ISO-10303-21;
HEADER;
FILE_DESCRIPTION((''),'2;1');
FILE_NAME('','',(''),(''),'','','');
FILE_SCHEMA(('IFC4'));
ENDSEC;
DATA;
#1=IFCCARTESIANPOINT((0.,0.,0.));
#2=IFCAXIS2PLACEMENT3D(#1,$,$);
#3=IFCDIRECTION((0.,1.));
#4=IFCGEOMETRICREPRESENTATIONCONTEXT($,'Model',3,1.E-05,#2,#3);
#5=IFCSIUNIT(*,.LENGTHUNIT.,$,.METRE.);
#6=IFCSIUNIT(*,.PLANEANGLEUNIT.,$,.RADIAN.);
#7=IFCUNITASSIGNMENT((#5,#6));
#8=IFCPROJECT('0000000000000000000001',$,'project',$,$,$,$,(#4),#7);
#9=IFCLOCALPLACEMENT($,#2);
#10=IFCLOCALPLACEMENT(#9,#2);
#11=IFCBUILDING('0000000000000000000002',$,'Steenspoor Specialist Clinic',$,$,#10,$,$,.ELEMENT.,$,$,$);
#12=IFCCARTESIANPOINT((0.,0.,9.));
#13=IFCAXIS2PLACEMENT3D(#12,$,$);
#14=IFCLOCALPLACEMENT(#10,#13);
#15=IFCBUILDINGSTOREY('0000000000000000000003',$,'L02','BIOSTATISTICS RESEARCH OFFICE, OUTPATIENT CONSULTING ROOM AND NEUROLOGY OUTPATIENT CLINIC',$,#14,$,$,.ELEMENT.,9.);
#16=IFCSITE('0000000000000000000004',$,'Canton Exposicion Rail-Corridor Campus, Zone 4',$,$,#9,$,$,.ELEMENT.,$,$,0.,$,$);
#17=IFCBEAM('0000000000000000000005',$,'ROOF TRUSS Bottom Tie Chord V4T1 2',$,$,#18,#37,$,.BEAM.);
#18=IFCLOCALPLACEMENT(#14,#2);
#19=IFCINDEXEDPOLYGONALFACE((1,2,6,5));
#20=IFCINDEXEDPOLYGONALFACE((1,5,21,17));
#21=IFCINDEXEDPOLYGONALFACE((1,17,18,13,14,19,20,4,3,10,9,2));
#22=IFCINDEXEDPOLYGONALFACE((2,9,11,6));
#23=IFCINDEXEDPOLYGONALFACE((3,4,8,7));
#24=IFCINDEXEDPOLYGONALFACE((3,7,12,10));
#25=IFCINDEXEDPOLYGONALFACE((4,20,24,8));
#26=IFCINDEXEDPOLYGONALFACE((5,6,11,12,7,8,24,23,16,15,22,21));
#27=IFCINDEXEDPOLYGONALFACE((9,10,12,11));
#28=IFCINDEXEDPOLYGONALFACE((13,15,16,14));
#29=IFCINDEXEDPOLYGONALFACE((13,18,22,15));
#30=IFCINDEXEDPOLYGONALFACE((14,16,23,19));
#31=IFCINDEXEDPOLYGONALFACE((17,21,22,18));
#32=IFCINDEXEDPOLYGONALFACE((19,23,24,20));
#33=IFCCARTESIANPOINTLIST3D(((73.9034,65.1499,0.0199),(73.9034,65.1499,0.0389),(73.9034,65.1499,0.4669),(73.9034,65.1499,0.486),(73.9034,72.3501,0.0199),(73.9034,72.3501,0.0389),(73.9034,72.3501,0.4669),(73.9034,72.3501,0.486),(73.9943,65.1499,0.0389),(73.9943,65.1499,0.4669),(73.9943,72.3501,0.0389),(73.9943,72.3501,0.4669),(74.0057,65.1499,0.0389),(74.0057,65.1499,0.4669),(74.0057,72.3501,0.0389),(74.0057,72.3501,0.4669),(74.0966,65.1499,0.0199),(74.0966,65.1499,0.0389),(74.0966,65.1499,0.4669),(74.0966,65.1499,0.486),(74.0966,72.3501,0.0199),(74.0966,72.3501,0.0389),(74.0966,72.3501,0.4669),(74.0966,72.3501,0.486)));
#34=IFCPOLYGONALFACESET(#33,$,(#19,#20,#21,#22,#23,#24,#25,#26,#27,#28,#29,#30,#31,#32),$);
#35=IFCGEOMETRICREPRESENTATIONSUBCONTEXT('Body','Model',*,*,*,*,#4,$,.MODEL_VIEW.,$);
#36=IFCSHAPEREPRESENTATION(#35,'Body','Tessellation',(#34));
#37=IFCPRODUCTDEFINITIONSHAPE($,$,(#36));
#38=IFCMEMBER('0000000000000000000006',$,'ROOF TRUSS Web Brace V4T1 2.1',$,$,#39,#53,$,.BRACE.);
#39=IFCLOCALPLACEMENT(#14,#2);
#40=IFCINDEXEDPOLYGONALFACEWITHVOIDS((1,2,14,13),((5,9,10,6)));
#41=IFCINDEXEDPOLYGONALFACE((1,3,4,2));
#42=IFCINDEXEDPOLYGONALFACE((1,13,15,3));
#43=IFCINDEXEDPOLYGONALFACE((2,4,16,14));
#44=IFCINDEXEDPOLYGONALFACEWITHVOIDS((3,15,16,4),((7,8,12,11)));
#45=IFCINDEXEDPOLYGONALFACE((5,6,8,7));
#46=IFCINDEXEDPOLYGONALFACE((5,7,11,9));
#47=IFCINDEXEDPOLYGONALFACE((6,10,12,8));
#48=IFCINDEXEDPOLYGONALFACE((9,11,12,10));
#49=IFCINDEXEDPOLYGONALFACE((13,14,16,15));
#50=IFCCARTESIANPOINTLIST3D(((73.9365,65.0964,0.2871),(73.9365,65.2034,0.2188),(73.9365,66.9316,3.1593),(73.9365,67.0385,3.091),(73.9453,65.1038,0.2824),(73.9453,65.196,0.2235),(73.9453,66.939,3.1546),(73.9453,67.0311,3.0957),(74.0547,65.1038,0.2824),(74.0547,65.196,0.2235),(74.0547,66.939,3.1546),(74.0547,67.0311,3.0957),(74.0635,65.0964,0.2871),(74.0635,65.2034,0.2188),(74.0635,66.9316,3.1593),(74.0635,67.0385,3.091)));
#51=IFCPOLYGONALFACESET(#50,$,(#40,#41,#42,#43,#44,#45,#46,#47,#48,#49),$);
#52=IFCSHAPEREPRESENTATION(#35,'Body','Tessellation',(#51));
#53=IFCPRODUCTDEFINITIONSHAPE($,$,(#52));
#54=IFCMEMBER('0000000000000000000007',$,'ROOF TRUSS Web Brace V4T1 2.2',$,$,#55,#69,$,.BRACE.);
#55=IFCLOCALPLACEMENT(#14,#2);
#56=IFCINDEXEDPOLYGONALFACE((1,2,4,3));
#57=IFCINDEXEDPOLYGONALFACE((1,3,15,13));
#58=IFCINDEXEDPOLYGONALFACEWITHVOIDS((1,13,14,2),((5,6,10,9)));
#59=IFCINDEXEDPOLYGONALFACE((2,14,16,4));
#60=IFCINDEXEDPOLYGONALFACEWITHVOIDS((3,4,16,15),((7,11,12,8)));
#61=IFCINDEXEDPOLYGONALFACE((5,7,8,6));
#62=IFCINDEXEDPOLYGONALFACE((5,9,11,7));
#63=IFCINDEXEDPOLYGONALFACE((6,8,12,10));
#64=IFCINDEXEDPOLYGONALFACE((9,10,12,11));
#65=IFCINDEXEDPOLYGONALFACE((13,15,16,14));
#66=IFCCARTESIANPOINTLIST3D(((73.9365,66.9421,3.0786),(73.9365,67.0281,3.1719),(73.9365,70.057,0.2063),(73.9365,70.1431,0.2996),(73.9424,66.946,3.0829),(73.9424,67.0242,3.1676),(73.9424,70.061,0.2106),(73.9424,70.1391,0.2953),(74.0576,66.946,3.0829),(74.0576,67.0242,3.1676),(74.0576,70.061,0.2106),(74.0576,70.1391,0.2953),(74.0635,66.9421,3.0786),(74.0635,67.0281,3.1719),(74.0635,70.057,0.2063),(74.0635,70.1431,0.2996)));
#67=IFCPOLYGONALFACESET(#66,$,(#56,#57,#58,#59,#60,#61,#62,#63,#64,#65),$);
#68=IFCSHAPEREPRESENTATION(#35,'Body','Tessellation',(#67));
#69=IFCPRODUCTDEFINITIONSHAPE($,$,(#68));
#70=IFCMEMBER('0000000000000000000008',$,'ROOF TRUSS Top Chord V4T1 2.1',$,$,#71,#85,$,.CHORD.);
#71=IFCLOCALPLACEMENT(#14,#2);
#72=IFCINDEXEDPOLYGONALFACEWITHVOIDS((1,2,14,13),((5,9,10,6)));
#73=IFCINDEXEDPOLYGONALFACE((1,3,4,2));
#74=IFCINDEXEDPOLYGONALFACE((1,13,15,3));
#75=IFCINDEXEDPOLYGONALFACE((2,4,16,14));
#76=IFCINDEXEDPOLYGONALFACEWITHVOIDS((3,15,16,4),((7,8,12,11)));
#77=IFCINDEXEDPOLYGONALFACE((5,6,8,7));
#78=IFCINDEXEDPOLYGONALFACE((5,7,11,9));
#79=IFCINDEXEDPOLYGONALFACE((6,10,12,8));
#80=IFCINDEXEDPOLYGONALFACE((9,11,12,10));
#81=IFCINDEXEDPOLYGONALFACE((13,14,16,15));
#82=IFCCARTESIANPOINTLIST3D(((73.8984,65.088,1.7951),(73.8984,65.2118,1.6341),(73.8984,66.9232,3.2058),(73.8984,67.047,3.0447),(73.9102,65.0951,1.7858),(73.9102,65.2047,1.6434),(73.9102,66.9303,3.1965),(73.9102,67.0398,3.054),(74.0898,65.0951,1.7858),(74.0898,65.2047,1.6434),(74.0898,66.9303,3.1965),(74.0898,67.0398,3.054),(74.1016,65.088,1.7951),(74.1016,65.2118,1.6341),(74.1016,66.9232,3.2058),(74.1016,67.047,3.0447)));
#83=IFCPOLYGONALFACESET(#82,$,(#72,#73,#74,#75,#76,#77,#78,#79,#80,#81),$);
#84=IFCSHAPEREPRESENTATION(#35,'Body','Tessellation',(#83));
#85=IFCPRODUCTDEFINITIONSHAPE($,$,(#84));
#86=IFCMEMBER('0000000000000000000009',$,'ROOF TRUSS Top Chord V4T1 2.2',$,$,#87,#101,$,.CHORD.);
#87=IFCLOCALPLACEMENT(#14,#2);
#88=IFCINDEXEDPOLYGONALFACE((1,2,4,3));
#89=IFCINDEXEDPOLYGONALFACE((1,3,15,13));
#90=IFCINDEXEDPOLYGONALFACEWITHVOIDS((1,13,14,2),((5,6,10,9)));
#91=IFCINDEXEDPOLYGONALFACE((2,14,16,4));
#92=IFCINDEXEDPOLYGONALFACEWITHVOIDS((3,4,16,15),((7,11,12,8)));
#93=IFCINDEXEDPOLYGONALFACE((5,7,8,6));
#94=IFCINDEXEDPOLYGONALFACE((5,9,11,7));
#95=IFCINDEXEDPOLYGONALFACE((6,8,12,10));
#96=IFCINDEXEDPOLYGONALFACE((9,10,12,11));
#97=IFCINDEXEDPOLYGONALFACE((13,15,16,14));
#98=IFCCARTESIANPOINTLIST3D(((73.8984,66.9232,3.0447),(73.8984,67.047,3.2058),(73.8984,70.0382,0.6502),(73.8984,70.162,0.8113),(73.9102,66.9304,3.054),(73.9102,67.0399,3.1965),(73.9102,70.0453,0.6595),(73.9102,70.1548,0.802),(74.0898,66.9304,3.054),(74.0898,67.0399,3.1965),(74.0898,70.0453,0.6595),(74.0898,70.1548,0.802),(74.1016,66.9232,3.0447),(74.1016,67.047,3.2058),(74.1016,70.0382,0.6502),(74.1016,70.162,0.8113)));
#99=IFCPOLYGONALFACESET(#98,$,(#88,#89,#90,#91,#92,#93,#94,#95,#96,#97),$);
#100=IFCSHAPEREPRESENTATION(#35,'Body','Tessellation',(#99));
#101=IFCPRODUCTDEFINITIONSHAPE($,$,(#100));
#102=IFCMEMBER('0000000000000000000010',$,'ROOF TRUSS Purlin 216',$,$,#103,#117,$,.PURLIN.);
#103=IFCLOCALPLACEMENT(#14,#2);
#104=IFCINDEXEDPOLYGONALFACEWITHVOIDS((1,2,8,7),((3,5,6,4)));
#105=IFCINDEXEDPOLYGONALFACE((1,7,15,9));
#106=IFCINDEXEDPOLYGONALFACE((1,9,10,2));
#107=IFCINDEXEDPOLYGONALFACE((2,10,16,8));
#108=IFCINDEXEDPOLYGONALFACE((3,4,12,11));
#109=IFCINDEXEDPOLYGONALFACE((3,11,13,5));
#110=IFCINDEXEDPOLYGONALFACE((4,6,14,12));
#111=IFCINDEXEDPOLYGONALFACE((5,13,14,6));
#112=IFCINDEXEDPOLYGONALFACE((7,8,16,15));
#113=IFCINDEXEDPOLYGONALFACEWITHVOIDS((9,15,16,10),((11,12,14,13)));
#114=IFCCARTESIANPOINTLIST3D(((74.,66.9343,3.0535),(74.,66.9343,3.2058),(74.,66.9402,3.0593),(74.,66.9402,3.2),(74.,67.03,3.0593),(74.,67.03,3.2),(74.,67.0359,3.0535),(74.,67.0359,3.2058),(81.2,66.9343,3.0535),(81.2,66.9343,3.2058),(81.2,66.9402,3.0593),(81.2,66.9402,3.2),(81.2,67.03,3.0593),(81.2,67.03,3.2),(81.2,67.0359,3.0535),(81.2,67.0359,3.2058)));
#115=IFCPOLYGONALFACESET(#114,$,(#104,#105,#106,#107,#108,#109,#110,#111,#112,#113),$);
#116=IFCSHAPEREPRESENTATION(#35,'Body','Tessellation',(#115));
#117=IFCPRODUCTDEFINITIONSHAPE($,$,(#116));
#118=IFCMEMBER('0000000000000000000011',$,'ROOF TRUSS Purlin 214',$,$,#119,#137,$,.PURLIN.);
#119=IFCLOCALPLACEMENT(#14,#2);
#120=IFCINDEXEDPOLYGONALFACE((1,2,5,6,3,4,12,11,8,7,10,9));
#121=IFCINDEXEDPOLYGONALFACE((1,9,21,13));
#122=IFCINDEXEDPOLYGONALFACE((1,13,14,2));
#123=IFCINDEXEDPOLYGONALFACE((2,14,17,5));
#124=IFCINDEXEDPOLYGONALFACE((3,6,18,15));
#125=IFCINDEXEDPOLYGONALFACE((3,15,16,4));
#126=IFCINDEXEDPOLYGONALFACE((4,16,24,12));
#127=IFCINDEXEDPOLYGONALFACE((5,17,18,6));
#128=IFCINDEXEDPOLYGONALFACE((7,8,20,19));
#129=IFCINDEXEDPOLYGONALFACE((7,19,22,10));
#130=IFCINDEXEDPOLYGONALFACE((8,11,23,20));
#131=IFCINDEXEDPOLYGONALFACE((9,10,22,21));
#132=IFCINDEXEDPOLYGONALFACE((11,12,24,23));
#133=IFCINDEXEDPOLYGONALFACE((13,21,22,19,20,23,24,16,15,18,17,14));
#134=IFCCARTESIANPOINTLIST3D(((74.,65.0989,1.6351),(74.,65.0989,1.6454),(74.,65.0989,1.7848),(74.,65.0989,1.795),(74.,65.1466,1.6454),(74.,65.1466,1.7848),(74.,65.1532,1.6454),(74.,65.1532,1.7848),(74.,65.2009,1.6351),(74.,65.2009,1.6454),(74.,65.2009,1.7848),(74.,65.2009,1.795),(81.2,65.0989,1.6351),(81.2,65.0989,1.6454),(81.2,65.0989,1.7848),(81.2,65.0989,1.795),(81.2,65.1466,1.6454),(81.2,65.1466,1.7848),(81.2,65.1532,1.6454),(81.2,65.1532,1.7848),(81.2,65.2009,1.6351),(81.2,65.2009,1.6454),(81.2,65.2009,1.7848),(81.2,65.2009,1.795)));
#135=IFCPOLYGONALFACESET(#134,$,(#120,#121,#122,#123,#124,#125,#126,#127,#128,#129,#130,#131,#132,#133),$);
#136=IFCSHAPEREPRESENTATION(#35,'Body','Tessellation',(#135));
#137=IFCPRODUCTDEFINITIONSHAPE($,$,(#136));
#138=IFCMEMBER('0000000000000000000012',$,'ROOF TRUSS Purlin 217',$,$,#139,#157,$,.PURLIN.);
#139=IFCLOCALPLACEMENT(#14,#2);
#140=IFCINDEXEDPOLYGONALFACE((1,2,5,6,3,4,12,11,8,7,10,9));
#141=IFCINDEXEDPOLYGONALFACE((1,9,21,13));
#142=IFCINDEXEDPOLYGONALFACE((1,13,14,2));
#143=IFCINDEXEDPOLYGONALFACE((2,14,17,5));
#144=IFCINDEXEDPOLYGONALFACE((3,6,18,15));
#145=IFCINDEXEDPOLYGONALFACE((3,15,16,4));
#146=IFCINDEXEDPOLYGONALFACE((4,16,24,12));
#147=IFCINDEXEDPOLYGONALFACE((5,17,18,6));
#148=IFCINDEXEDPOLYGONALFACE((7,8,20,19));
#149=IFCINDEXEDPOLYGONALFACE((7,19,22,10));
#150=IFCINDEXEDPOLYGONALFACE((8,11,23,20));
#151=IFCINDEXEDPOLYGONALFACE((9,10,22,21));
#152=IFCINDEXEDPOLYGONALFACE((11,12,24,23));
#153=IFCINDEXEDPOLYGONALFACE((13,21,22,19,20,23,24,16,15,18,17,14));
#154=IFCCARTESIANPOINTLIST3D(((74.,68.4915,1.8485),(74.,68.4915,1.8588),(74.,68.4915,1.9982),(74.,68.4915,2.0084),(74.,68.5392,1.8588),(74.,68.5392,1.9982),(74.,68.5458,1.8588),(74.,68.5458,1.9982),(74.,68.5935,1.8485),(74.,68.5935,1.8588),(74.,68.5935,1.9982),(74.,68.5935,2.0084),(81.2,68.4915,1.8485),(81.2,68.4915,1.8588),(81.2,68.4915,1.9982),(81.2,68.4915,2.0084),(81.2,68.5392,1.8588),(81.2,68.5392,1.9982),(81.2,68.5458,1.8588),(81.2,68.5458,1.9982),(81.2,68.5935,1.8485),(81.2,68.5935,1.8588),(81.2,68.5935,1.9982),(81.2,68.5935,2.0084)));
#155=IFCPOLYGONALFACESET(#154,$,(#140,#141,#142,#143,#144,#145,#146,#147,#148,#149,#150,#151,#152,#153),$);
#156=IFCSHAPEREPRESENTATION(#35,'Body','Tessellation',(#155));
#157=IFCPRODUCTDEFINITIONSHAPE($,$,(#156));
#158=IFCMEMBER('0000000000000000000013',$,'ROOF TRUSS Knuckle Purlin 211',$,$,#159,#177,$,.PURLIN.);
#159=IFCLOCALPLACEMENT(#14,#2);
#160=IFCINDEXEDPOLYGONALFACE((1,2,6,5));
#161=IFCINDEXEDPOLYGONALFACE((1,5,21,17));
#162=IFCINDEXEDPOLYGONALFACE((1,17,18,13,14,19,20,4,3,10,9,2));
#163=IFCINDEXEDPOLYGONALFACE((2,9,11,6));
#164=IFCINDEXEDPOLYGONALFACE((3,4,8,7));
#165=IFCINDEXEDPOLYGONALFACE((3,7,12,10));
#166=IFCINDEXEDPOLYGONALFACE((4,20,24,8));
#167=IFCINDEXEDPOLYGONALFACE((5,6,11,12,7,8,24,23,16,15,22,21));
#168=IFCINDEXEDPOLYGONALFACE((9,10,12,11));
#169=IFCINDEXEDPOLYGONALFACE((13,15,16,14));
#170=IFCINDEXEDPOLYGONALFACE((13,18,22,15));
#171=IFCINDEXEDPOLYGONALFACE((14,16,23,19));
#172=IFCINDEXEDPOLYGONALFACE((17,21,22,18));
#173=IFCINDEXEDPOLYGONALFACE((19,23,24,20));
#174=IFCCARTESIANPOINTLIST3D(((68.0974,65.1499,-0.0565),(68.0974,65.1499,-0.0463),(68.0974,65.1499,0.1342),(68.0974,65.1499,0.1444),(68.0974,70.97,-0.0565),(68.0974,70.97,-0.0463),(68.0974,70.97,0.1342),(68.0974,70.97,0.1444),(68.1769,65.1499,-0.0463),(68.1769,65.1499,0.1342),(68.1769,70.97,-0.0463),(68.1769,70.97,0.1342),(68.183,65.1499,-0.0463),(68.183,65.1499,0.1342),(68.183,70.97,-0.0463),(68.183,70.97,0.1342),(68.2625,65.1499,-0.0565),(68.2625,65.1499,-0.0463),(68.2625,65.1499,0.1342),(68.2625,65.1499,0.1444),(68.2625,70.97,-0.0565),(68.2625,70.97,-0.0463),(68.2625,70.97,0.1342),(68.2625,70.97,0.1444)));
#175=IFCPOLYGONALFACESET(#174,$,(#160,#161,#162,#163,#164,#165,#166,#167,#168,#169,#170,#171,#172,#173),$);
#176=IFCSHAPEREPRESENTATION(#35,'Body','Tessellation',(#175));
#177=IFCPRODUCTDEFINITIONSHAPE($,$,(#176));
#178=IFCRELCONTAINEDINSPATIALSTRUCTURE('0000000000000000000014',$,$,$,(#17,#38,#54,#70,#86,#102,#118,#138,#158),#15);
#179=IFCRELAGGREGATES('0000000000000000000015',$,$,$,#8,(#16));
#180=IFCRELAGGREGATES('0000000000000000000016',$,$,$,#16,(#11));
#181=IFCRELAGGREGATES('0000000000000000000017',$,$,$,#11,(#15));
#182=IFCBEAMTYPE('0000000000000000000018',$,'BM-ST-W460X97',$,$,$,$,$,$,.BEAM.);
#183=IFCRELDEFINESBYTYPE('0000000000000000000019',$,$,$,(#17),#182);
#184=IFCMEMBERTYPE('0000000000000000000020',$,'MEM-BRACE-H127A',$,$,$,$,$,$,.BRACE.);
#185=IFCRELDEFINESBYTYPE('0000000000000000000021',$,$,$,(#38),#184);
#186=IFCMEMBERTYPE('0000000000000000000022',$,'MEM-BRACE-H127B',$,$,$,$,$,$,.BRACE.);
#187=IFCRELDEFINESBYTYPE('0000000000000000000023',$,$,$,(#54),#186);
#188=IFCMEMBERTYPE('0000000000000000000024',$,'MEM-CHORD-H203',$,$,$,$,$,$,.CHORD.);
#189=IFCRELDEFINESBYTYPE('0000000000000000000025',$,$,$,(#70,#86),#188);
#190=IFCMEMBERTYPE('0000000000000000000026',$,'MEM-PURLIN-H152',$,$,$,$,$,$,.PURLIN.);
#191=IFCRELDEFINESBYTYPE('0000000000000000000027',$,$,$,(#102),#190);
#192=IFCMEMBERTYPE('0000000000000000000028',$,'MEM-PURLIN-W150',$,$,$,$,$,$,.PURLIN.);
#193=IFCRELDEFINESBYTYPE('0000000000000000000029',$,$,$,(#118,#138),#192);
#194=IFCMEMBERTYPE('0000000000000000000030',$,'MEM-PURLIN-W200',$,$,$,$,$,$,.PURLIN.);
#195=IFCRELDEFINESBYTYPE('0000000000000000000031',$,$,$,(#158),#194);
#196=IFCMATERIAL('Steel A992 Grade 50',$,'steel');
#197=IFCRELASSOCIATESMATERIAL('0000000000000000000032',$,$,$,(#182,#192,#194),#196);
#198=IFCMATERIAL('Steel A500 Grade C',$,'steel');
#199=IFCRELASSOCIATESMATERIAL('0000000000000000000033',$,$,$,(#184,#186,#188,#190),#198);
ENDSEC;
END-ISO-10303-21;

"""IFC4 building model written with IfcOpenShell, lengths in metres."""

from ifc_helpers import new_model, si_unit, direction, frame, origin, origin_2d, place, context, subcontext, project, spatial, hollow_rectangle, i_section, extrude, material, material_profile, profile_set, type_object, element, save


model = new_model("IFC4")

# Units and contexts
model_context = context("Model", 3, precision=1e-05, world=origin(), true_north=direction((0.0, 1.0)))
body_context = subcontext(model_context, "Body", "Model", "MODEL_VIEW")
ifc_project = project(units=[si_unit("LENGTHUNIT", "METRE"), si_unit("PLANEANGLEUNIT", "RADIAN")], contexts=[model_context])

# Site, building, storey
site_placement = place(None, origin())
site = spatial("IfcSite", under=ifc_project, at=site_placement, Name="Canton Exposicion Rail-Corridor Campus, Zone 4", CompositionType="ELEMENT", RefElevation=0.0)
building_placement = place(site_placement, origin())
building = spatial("IfcBuilding", under=site, at=building_placement, Name="Steenspoor Specialist Clinic", CompositionType="ELEMENT")
storey_placement = place(building_placement, frame((0.0, 0.0, 9.0)))
storey = spatial("IfcBuildingStorey", under=building, at=storey_placement, Name="L02", Description="BIOSTATISTICS RESEARCH OFFICE, OUTPATIENT CONSULTING ROOM AND NEUROLOGY OUTPATIENT CLINIC", CompositionType="ELEMENT", Elevation=9.0)

# Beam
ifc_material_1 = material(Name="Steel A992 Grade 50", Category="steel")
ifc_material_profile_1 = material_profile(ifc_material_1, i_section(OverallWidth=0.1931, OverallDepth=0.4661, WebThickness=0.0115, FlangeThickness=0.019, at=origin_2d()), Name="W460X97")
ifc_profile_set_1 = profile_set([ifc_material_profile_1], Name="Steel A992 Grade 50")
beam_type = type_object("IfcBeamType", Name="BM-ST-W460X97", PredefinedType="BEAM", material=ifc_profile_set_1)
beam_placement = place(storey_placement, frame((74.0, 65.1499, 0.2529), z_axis=(0.0, 1.0, 0.0), x_axis=(-1.0, 0.0, 0.0)))
element("IfcBeam", 1, at=beam_placement, inside=storey, type_object=beam_type, Name="ROOF TRUSS Bottom Tie Chord V4T1 2", PredefinedType="BEAM", context=body_context, shape_type="SweptSolid", body=[
    extrude(i_section(OverallWidth=0.1931, OverallDepth=0.4661, WebThickness=0.0115, FlangeThickness=0.019, at=origin_2d()), origin(), (0.0, 0.0, 1.0), 7.2002),
])

# Members
ifc_material_2 = material(Name="Steel A500 Grade C", Category="steel")
ifc_material_profile_2 = material_profile(ifc_material_2, hollow_rectangle(XDim=0.127, YDim=0.127, WallThickness=0.0088, at=origin_2d()), Name="HSS127X127X9.5")
ifc_profile_set_2 = profile_set([ifc_material_profile_2], Name="Steel A500 Grade C")
member_type_1 = type_object("IfcMemberType", Name="MEM-BRACE-H127A", PredefinedType="BRACE", material=ifc_profile_set_2)
member_1_placement = place(storey_placement, frame((74.0, 65.1499, 0.2529), z_axis=(0.0, 0.538413, 0.842681), x_axis=(-1.0, 0.0, 0.0)))
element("IfcMember", 2, at=member_1_placement, inside=storey, type_object=member_type_1, Name="ROOF TRUSS Web Brace V4T1 2.1", PredefinedType="BRACE", context=body_context, shape_type="SweptSolid", body=[
    extrude(hollow_rectangle(XDim=0.127, YDim=0.127, WallThickness=0.0088, at=origin_2d()), origin(), (0.0, 0.0, 1.0), 3.4084),
])
ifc_material_profile_3 = material_profile(ifc_material_2, hollow_rectangle(XDim=0.127, YDim=0.127, WallThickness=0.0059, at=origin_2d()), Name="HSS127X127X6.4")
ifc_profile_set_3 = profile_set([ifc_material_profile_3], Name="Steel A500 Grade C")
member_type_2 = type_object("IfcMemberType", Name="MEM-BRACE-H127B", PredefinedType="BRACE", material=ifc_profile_set_3)
member_2_placement = place(storey_placement, frame((74.0, 66.9851, 3.1252), z_axis=(0.0, 0.735163, -0.67789), x_axis=(-1.0, 0.0, 0.0)))
element("IfcMember", 3, at=member_2_placement, inside=storey, type_object=member_type_2, Name="ROOF TRUSS Web Brace V4T1 2.2", PredefinedType="BRACE", context=body_context, shape_type="SweptSolid", body=[
    extrude(hollow_rectangle(XDim=0.127, YDim=0.127, WallThickness=0.0059, at=origin_2d()), origin(), (0.0, 0.0, 1.0), 4.2371),
])
ifc_material_profile_4 = material_profile(ifc_material_2, hollow_rectangle(XDim=0.2031, YDim=0.2031, WallThickness=0.0117, at=origin_2d()), Name="HSS203X203X12.7")
ifc_profile_set_4 = profile_set([ifc_material_profile_4], Name="Steel A500 Grade C")
member_type_3 = type_object("IfcMemberType", Name="MEM-CHORD-H203", PredefinedType="CHORD", material=ifc_profile_set_4)
member_3_placement = place(storey_placement, frame((74.0, 65.1499, 1.7146), z_axis=(0.0, 0.792844, 0.609425), x_axis=(-1.0, 0.0, 0.0)))
element("IfcMember", 4, at=member_3_placement, inside=storey, type_object=member_type_3, Name="ROOF TRUSS Top Chord V4T1 2.1", PredefinedType="CHORD", context=body_context, shape_type="SweptSolid", body=[
    extrude(hollow_rectangle(XDim=0.2031, YDim=0.2031, WallThickness=0.0117, at=origin_2d()), origin(), (0.0, 0.0, 1.0), 2.3147),
])
member_4_placement = place(storey_placement, frame((74.0, 66.9851, 3.1252), z_axis=(0.0, 0.792823, -0.609452), x_axis=(-1.0, 0.0, 0.0)))
element("IfcMember", 5, at=member_4_placement, inside=storey, type_object=member_type_3, Name="ROOF TRUSS Top Chord V4T1 2.2", PredefinedType="CHORD", context=body_context, shape_type="SweptSolid", body=[
    extrude(hollow_rectangle(XDim=0.2031, YDim=0.2031, WallThickness=0.0117, at=origin_2d()), origin(), (0.0, 0.0, 1.0), 3.929),
])
ifc_material_profile_5 = material_profile(ifc_material_2, hollow_rectangle(XDim=0.1016, YDim=0.1523, WallThickness=0.0059, at=origin_2d()), Name="HSS152X102X6.4")
ifc_profile_set_5 = profile_set([ifc_material_profile_5], Name="Steel A500 Grade C")
member_type_4 = type_object("IfcMemberType", Name="MEM-PURLIN-H152", PredefinedType="PURLIN", material=ifc_profile_set_5)
member_5_placement = place(storey_placement, frame((74.0, 66.9851, 3.1296), z_axis=(1.0, 0.0, 0.0), x_axis=(0.0, 1.0, 0.0)))
element("IfcMember", 6, at=member_5_placement, inside=storey, type_object=member_type_4, Name="ROOF TRUSS Purlin 216", PredefinedType="PURLIN", context=body_context, shape_type="SweptSolid", body=[
    extrude(hollow_rectangle(XDim=0.1016, YDim=0.1523, WallThickness=0.0059, at=origin_2d()), origin(), (0.0, 0.0, 1.0), 7.2),
])
ifc_material_profile_6 = material_profile(ifc_material_1, i_section(OverallWidth=0.1021, OverallDepth=0.1599, WebThickness=0.0066, FlangeThickness=0.0103, at=origin_2d()), Name="W150X24")
ifc_profile_set_6 = profile_set([ifc_material_profile_6], Name="Steel A992 Grade 50")
member_type_5 = type_object("IfcMemberType", Name="MEM-PURLIN-W150", PredefinedType="PURLIN", material=ifc_profile_set_6)
for number, where, z_axis, x_axis, name in (
    (7, (74.0, 65.1499, 1.7151), (1.0, 0.0, 0.0), (0.0, 1.0, 0.0), "ROOF TRUSS Purlin 214"),
    (8, (74.0, 68.5425, 1.9285), (1.0, 0.0, 0.0), (0.0, 1.0, 0.0), "ROOF TRUSS Purlin 217"),
):
    element("IfcMember", number, at=place(storey_placement, frame(where, z_axis=z_axis, x_axis=x_axis)), inside=storey, type_object=member_type_5, Name=name, PredefinedType="PURLIN", context=body_context, shape_type="SweptSolid", body=[
        extrude(i_section(OverallWidth=0.1021, OverallDepth=0.1599, WebThickness=0.0066, FlangeThickness=0.0103, at=origin_2d()), origin(), (0.0, 0.0, 1.0), 7.2),
    ])
ifc_material_profile_7 = material_profile(ifc_material_1, i_section(OverallWidth=0.165, OverallDepth=0.2009, WebThickness=0.0061, FlangeThickness=0.0103, at=origin_2d()), Name="W200X36")
ifc_profile_set_7 = profile_set([ifc_material_profile_7], Name="Steel A992 Grade 50")
member_type_6 = type_object("IfcMemberType", Name="MEM-PURLIN-W200", PredefinedType="PURLIN", material=ifc_profile_set_7)
member_6_placement = place(storey_placement, frame((68.1799, 65.1499, 0.0439), z_axis=(0.0, 1.0, 0.0), x_axis=(-1.0, 0.0, 0.0)))
element("IfcMember", 9, at=member_6_placement, inside=storey, type_object=member_type_6, Name="ROOF TRUSS Knuckle Purlin 211", PredefinedType="PURLIN", context=body_context, shape_type="SweptSolid", body=[
    extrude(i_section(OverallWidth=0.165, OverallDepth=0.2009, WebThickness=0.0061, FlangeThickness=0.0103, at=origin_2d()), origin(), (0.0, 0.0, 1.0), 5.8201),
])

save(model, "model.ifc")
